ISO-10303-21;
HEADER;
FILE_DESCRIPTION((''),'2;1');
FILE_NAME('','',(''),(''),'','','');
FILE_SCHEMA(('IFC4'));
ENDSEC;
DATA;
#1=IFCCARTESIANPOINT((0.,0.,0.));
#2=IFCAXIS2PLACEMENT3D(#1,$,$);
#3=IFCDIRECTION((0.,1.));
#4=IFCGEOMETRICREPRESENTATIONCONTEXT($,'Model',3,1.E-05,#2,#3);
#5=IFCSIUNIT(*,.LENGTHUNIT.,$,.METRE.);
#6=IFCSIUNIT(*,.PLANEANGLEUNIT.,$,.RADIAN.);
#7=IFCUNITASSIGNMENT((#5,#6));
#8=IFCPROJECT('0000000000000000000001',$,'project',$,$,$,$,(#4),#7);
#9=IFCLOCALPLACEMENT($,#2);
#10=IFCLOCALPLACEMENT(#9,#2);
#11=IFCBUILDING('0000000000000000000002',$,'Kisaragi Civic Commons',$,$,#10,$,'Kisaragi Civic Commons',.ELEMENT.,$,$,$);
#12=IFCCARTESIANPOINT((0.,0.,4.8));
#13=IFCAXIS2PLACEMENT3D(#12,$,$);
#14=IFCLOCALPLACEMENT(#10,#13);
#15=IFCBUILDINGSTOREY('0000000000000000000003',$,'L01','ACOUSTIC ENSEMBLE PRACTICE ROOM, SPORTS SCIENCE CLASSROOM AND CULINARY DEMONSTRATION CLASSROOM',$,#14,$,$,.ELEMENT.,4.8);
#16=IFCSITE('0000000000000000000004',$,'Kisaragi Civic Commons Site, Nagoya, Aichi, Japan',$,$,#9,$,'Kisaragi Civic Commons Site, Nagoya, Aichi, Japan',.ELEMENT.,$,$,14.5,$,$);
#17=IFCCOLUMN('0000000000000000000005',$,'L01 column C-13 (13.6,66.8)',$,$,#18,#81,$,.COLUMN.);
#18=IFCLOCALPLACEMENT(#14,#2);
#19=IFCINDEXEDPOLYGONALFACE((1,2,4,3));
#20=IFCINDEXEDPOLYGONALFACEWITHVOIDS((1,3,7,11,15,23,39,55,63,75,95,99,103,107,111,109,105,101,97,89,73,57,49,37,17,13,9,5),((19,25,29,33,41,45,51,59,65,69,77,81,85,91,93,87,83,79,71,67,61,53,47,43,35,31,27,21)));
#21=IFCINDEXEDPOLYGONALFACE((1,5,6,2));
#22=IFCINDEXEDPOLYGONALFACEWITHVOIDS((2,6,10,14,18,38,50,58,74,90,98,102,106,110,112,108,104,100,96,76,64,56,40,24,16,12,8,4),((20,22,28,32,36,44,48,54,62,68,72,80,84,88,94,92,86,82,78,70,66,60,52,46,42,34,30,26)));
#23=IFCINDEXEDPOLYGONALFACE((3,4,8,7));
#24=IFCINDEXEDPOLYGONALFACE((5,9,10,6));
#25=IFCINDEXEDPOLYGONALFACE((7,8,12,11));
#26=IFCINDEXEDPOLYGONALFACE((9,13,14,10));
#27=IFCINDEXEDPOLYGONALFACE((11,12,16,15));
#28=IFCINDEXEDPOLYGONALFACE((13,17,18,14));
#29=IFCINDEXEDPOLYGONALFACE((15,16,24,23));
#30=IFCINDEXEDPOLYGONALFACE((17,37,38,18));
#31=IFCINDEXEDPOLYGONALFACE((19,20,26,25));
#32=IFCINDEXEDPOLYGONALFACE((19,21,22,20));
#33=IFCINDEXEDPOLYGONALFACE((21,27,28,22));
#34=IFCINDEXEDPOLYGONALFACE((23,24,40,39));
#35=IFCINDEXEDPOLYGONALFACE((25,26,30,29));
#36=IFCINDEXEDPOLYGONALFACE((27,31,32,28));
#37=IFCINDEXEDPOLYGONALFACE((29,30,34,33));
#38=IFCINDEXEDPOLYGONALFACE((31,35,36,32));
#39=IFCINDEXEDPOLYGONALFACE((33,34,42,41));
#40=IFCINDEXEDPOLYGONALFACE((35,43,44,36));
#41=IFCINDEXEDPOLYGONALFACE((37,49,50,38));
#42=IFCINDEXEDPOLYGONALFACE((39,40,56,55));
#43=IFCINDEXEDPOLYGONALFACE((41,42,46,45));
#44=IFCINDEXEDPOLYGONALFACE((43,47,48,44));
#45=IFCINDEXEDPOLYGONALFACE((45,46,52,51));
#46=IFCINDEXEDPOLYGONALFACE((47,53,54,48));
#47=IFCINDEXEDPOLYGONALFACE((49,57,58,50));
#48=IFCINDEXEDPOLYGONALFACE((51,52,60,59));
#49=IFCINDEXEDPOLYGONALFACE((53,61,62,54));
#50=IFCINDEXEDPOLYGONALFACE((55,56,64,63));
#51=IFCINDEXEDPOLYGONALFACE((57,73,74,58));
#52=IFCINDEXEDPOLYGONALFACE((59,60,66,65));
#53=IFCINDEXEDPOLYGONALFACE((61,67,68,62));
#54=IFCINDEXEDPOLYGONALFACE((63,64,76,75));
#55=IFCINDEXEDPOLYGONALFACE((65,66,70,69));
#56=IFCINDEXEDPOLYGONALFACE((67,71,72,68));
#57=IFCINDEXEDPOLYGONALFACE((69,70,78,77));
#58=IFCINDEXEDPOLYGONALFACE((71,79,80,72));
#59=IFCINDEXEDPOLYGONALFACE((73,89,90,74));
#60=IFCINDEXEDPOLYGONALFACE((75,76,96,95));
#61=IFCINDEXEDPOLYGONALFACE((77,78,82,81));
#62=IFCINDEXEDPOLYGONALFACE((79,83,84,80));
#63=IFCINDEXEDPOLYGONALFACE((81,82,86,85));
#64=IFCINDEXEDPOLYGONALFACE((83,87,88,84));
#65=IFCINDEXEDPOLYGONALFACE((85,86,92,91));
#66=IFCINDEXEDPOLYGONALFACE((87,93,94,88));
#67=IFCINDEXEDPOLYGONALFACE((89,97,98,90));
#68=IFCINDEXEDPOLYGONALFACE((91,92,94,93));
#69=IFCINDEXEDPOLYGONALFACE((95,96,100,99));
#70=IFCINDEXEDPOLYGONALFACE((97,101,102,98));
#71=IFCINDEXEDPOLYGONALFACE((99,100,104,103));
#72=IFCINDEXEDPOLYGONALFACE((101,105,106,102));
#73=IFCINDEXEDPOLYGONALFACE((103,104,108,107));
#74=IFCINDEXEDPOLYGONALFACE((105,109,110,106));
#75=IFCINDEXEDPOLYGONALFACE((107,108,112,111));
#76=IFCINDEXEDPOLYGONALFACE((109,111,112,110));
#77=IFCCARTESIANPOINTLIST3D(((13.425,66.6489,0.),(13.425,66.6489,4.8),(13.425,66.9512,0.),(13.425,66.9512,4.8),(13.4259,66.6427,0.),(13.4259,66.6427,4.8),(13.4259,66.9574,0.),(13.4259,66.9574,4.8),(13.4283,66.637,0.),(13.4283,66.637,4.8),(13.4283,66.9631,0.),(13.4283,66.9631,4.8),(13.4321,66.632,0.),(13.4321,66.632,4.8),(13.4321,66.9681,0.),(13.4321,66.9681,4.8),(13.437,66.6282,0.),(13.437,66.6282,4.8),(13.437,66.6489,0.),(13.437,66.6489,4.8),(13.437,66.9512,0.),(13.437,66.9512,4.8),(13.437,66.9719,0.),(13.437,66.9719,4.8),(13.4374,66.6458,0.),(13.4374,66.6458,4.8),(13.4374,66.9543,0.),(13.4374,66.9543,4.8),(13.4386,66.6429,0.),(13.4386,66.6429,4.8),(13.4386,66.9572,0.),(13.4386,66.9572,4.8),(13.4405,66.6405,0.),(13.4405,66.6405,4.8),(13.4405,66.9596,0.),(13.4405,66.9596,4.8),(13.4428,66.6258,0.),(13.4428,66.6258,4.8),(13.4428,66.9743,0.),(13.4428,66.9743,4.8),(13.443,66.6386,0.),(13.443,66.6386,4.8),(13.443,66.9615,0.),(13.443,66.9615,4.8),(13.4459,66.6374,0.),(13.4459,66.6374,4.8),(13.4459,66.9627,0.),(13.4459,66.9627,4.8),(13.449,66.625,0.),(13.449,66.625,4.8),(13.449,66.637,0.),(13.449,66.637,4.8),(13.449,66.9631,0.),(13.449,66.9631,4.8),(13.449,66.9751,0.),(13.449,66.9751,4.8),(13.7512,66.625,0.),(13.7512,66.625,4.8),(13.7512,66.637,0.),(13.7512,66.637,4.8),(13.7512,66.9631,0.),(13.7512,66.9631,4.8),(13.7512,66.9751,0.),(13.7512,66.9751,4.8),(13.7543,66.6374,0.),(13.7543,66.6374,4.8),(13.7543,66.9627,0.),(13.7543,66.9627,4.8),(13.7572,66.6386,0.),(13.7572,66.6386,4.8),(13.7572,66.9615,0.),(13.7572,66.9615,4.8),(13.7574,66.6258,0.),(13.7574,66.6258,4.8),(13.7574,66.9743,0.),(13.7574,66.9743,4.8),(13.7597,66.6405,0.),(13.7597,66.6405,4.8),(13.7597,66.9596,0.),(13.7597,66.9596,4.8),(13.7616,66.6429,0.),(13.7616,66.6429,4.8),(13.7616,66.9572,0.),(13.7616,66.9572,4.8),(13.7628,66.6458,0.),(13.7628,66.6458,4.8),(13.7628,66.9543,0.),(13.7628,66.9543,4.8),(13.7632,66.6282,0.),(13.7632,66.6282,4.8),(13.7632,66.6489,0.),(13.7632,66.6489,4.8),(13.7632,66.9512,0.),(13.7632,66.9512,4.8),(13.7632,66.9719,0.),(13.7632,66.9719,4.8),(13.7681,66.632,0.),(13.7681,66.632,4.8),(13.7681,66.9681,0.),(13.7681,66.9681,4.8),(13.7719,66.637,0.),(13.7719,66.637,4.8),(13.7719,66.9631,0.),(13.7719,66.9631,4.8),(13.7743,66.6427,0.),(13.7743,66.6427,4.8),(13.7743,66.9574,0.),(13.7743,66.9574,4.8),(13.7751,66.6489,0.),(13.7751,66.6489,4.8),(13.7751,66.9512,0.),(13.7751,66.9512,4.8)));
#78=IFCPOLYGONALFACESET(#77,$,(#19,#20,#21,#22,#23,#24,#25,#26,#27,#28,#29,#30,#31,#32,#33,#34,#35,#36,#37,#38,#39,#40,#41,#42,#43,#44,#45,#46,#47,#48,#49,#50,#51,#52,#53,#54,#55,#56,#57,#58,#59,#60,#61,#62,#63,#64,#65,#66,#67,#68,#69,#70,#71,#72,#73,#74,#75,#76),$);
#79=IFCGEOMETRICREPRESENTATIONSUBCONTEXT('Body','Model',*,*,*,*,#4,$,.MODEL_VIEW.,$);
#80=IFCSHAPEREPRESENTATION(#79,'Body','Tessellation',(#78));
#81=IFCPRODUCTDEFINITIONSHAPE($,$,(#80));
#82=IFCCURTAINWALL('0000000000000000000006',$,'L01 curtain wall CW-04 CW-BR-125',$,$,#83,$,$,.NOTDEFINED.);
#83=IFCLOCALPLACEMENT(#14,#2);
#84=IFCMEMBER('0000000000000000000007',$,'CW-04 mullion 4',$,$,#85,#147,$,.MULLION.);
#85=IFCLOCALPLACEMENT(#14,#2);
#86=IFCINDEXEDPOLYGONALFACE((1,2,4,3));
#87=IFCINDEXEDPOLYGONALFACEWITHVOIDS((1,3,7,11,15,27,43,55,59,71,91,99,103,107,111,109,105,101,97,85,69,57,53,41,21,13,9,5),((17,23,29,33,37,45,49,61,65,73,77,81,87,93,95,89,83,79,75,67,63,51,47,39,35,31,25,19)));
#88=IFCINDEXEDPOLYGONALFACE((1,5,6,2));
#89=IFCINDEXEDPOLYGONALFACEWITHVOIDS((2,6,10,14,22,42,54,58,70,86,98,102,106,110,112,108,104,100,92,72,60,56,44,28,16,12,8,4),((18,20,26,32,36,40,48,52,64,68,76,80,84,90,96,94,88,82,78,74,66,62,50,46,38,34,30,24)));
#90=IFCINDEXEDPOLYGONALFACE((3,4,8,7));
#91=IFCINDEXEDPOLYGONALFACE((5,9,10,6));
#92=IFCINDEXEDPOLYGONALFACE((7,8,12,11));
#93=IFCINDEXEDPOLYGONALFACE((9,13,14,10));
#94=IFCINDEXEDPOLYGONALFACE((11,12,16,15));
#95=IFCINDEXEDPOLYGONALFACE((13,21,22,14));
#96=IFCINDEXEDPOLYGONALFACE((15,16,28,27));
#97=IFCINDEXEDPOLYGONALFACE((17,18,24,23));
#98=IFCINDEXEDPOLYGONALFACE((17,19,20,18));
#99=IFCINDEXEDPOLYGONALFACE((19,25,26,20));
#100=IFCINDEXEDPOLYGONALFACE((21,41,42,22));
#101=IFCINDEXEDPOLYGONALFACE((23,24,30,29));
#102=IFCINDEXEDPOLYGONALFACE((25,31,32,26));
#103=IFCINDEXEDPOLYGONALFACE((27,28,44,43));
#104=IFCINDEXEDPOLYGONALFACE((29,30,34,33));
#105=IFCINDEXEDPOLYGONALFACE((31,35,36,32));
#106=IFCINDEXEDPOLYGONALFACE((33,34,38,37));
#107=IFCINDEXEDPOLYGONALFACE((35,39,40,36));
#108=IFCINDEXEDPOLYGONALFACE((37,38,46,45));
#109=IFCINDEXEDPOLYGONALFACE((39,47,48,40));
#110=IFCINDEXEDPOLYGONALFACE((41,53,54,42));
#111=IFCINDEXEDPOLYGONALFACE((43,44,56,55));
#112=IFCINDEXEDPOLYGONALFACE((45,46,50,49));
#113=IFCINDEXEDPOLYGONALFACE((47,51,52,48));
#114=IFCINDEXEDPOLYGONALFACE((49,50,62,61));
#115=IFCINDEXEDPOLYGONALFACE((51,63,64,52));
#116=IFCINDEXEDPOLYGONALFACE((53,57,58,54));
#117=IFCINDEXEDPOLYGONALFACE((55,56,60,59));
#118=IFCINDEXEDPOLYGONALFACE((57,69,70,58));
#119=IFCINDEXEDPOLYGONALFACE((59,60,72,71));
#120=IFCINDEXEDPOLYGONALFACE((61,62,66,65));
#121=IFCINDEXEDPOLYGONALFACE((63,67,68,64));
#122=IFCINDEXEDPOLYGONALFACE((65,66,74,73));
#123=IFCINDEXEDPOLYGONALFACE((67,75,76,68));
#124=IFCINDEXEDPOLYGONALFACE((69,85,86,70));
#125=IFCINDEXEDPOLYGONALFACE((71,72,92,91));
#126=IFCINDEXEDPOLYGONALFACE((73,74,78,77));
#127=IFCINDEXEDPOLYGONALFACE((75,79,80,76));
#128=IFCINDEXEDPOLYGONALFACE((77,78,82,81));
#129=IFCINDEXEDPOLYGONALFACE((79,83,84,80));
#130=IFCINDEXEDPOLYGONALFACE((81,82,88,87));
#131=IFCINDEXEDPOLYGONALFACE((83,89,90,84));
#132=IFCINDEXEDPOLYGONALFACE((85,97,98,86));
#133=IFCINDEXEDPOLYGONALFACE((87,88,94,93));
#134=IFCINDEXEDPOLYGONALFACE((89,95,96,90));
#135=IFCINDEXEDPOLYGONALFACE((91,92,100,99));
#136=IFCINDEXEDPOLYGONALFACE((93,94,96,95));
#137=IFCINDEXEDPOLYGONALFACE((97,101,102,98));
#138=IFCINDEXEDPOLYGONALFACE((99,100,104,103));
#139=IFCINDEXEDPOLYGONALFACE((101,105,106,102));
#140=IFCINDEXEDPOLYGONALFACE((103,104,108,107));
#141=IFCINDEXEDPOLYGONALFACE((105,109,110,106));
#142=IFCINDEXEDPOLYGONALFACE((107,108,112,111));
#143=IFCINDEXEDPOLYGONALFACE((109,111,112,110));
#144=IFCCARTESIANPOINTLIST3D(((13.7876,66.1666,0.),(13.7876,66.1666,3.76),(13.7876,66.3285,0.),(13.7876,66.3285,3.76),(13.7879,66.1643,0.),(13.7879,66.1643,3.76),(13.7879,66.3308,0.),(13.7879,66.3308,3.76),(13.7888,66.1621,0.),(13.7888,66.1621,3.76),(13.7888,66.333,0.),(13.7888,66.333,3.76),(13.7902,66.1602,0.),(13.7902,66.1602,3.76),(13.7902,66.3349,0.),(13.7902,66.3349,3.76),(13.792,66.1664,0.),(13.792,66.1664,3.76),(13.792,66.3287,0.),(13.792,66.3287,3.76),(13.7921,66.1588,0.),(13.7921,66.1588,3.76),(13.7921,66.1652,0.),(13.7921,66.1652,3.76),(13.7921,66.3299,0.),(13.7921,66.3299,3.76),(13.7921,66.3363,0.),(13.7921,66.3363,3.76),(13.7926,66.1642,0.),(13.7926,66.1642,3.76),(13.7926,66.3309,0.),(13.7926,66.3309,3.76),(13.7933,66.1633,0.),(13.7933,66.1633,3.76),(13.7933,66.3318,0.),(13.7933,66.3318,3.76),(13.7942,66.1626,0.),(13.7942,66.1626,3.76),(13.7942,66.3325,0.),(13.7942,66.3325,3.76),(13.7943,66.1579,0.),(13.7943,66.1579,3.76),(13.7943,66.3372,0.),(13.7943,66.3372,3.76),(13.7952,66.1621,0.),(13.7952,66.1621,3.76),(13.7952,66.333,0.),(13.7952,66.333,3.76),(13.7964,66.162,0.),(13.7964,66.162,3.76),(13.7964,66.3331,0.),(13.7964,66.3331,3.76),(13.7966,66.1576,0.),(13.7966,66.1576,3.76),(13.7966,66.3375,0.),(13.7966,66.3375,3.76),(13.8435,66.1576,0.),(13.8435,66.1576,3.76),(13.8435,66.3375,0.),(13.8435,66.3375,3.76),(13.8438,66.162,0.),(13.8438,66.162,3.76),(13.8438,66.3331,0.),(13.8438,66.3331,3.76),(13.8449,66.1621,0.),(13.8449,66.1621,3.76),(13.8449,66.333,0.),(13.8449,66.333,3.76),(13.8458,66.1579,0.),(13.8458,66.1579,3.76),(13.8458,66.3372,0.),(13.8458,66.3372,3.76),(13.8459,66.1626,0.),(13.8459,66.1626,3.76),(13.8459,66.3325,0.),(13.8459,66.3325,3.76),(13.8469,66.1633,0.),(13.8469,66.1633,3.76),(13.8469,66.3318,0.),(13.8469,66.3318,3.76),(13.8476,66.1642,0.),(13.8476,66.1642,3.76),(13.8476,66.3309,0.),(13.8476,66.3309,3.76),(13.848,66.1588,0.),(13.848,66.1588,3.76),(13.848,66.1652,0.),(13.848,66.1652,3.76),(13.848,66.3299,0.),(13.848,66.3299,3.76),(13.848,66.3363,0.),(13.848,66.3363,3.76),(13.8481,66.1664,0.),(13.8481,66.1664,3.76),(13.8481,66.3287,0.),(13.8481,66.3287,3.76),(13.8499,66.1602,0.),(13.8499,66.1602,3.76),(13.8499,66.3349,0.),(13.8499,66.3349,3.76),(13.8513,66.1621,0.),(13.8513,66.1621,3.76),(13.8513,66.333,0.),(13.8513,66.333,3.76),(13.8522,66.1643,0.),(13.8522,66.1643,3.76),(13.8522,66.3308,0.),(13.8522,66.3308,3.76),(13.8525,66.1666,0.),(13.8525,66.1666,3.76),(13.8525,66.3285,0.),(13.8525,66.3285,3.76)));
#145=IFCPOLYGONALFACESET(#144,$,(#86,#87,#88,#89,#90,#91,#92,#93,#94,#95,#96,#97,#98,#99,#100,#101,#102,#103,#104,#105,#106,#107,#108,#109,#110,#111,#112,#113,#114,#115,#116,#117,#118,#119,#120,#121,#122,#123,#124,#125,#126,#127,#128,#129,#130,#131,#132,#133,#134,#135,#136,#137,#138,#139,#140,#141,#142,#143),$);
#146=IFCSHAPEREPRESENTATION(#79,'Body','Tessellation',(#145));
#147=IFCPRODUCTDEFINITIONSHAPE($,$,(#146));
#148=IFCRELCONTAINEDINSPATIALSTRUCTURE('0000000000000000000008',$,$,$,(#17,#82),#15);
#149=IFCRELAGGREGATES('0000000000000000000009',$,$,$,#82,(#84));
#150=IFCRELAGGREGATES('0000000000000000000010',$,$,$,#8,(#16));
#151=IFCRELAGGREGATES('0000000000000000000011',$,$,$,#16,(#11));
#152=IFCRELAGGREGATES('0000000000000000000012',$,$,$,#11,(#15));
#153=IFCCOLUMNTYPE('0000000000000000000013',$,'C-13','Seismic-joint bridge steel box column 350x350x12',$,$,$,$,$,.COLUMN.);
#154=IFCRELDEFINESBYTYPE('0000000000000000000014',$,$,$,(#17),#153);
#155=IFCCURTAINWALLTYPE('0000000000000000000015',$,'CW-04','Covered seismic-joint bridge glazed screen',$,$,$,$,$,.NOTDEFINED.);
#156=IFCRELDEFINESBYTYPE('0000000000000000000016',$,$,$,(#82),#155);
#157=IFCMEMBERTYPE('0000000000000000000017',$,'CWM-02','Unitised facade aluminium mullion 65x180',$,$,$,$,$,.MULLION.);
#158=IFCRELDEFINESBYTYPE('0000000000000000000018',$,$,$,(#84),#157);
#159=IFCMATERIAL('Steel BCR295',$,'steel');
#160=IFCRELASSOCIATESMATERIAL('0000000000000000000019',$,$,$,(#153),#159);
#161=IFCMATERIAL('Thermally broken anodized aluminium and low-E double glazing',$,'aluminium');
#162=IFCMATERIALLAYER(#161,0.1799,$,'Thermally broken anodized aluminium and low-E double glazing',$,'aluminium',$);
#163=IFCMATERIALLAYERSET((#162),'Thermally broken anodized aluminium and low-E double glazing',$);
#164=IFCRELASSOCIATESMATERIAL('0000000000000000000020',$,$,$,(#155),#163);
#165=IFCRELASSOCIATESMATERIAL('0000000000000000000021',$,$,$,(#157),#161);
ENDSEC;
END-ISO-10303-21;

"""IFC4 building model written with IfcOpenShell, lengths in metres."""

from ifc_helpers import new_model, si_unit, direction, frame, origin, origin_2d, place, context, subcontext, project, spatial, hollow_rectangle, extrude, material, layer, layer_set, material_profile, profile_set, type_object, element, aggregate, save


model = new_model("IFC4")

# Units and contexts
model_context = context("Model", 3, precision=1e-05, world=origin(), true_north=direction((0.0, 1.0)))
body_context = subcontext(model_context, "Body", "Model", "MODEL_VIEW")
ifc_project = project(units=[si_unit("LENGTHUNIT", "METRE"), si_unit("PLANEANGLEUNIT", "RADIAN")], contexts=[model_context])

# Site, building, storey
site_placement = place(None, origin())
site = spatial("IfcSite", under=ifc_project, at=site_placement, Name="Kisaragi Civic Commons Site, Nagoya, Aichi, Japan", LongName="Kisaragi Civic Commons Site, Nagoya, Aichi, Japan", CompositionType="ELEMENT", RefElevation=14.5)
building_placement = place(site_placement, origin())
building = spatial("IfcBuilding", under=site, at=building_placement, Name="Kisaragi Civic Commons", LongName="Kisaragi Civic Commons", CompositionType="ELEMENT")
storey_placement = place(building_placement, frame((0.0, 0.0, 4.8)))
storey = spatial("IfcBuildingStorey", under=building, at=storey_placement, Name="L01", Description="ACOUSTIC ENSEMBLE PRACTICE ROOM, SPORTS SCIENCE CLASSROOM AND CULINARY DEMONSTRATION CLASSROOM", CompositionType="ELEMENT", Elevation=4.8)

# Column
ifc_material_1 = material(Name="Steel BCR295", Category="steel")
ifc_material_profile_1 = material_profile(ifc_material_1, hollow_rectangle(XDim=0.3501, YDim=0.3501, WallThickness=0.012, InnerFilletRadius=0.012, OuterFilletRadius=0.0239, at=origin_2d()), Name="BCR-350x350x12", Category="steel")
ifc_profile_set_1 = profile_set([ifc_material_profile_1], Name="Steel BCR295")
column_type = type_object("IfcColumnType", Name="C-13", Description="Seismic-joint bridge steel box column 350x350x12", PredefinedType="COLUMN", material=ifc_profile_set_1)
column_placement = place(storey_placement, frame((13.6001, 66.8, 0.0), z_axis=(0.0, 0.0, 1.0), x_axis=(1.0, 0.0, 0.0)))
element("IfcColumn", 1, at=column_placement, inside=storey, type_object=column_type, Name="L01 column C-13 (13.6,66.8)", PredefinedType="COLUMN", context=body_context, shape_type="SweptSolid", body=[
    extrude(hollow_rectangle(XDim=0.3501, YDim=0.3501, WallThickness=0.012, InnerFilletRadius=0.012, OuterFilletRadius=0.0239, at=origin_2d()), origin(), (0.0, 0.0, 1.0), 4.8),
])

# Curtain wall, member
ifc_material_2 = material(Name="Thermally broken anodized aluminium and low-E double glazing", Category="aluminium")
ifc_layer_1 = layer(ifc_material_2, 0.1799, Name="Thermally broken anodized aluminium and low-E double glazing", Category="aluminium")
ifc_layer_set_1 = layer_set([ifc_layer_1], Name="Thermally broken anodized aluminium and low-E double glazing")
curtain_wall_type = type_object("IfcCurtainWallType", Name="CW-04", Description="Covered seismic-joint bridge glazed screen", PredefinedType="NOTDEFINED", material=ifc_layer_set_1)
curtain_wall_1_placement = place(storey_placement, origin())
curtain_wall_1 = element("IfcCurtainWall", 2, at=curtain_wall_1_placement, inside=storey, type_object=curtain_wall_type, Name="L01 curtain wall CW-04 CW-BR-125", PredefinedType="NOTDEFINED")
ifc_material_profile_2 = material_profile(ifc_material_2, hollow_rectangle(XDim=0.0649, YDim=0.1799, WallThickness=0.0044, InnerFilletRadius=0.0044, OuterFilletRadius=0.009, at=origin_2d()), Name="CWM-65x180x4.5", Category="aluminium")
ifc_profile_set_2 = profile_set([ifc_material_profile_2], Name="Thermally broken anodized aluminium and low-E double glazing")
member_type_1 = type_object("IfcMemberType", Name="CWM-02", Description="Unitised facade aluminium mullion 65x180", PredefinedType="MULLION", material=ifc_profile_set_2)
member_1_placement = place(storey_placement, frame((13.8201, 66.2476, 0.0), z_axis=(0.0, 0.0, 1.0), x_axis=(-1.0, 0.0, 0.0)))
member_1 = element("IfcMember", 3, at=member_1_placement, type_object=member_type_1, Name="CW-04 mullion 4", PredefinedType="MULLION", context=body_context, shape_type="SweptSolid", body=[
    extrude(hollow_rectangle(XDim=0.0649, YDim=0.1799, WallThickness=0.0044, InnerFilletRadius=0.0044, OuterFilletRadius=0.009, at=origin_2d()), origin(), (0.0, 0.0, 1.0), 3.76),
])

aggregate(curtain_wall_1, [member_1])

save(model, "model.ifc")
